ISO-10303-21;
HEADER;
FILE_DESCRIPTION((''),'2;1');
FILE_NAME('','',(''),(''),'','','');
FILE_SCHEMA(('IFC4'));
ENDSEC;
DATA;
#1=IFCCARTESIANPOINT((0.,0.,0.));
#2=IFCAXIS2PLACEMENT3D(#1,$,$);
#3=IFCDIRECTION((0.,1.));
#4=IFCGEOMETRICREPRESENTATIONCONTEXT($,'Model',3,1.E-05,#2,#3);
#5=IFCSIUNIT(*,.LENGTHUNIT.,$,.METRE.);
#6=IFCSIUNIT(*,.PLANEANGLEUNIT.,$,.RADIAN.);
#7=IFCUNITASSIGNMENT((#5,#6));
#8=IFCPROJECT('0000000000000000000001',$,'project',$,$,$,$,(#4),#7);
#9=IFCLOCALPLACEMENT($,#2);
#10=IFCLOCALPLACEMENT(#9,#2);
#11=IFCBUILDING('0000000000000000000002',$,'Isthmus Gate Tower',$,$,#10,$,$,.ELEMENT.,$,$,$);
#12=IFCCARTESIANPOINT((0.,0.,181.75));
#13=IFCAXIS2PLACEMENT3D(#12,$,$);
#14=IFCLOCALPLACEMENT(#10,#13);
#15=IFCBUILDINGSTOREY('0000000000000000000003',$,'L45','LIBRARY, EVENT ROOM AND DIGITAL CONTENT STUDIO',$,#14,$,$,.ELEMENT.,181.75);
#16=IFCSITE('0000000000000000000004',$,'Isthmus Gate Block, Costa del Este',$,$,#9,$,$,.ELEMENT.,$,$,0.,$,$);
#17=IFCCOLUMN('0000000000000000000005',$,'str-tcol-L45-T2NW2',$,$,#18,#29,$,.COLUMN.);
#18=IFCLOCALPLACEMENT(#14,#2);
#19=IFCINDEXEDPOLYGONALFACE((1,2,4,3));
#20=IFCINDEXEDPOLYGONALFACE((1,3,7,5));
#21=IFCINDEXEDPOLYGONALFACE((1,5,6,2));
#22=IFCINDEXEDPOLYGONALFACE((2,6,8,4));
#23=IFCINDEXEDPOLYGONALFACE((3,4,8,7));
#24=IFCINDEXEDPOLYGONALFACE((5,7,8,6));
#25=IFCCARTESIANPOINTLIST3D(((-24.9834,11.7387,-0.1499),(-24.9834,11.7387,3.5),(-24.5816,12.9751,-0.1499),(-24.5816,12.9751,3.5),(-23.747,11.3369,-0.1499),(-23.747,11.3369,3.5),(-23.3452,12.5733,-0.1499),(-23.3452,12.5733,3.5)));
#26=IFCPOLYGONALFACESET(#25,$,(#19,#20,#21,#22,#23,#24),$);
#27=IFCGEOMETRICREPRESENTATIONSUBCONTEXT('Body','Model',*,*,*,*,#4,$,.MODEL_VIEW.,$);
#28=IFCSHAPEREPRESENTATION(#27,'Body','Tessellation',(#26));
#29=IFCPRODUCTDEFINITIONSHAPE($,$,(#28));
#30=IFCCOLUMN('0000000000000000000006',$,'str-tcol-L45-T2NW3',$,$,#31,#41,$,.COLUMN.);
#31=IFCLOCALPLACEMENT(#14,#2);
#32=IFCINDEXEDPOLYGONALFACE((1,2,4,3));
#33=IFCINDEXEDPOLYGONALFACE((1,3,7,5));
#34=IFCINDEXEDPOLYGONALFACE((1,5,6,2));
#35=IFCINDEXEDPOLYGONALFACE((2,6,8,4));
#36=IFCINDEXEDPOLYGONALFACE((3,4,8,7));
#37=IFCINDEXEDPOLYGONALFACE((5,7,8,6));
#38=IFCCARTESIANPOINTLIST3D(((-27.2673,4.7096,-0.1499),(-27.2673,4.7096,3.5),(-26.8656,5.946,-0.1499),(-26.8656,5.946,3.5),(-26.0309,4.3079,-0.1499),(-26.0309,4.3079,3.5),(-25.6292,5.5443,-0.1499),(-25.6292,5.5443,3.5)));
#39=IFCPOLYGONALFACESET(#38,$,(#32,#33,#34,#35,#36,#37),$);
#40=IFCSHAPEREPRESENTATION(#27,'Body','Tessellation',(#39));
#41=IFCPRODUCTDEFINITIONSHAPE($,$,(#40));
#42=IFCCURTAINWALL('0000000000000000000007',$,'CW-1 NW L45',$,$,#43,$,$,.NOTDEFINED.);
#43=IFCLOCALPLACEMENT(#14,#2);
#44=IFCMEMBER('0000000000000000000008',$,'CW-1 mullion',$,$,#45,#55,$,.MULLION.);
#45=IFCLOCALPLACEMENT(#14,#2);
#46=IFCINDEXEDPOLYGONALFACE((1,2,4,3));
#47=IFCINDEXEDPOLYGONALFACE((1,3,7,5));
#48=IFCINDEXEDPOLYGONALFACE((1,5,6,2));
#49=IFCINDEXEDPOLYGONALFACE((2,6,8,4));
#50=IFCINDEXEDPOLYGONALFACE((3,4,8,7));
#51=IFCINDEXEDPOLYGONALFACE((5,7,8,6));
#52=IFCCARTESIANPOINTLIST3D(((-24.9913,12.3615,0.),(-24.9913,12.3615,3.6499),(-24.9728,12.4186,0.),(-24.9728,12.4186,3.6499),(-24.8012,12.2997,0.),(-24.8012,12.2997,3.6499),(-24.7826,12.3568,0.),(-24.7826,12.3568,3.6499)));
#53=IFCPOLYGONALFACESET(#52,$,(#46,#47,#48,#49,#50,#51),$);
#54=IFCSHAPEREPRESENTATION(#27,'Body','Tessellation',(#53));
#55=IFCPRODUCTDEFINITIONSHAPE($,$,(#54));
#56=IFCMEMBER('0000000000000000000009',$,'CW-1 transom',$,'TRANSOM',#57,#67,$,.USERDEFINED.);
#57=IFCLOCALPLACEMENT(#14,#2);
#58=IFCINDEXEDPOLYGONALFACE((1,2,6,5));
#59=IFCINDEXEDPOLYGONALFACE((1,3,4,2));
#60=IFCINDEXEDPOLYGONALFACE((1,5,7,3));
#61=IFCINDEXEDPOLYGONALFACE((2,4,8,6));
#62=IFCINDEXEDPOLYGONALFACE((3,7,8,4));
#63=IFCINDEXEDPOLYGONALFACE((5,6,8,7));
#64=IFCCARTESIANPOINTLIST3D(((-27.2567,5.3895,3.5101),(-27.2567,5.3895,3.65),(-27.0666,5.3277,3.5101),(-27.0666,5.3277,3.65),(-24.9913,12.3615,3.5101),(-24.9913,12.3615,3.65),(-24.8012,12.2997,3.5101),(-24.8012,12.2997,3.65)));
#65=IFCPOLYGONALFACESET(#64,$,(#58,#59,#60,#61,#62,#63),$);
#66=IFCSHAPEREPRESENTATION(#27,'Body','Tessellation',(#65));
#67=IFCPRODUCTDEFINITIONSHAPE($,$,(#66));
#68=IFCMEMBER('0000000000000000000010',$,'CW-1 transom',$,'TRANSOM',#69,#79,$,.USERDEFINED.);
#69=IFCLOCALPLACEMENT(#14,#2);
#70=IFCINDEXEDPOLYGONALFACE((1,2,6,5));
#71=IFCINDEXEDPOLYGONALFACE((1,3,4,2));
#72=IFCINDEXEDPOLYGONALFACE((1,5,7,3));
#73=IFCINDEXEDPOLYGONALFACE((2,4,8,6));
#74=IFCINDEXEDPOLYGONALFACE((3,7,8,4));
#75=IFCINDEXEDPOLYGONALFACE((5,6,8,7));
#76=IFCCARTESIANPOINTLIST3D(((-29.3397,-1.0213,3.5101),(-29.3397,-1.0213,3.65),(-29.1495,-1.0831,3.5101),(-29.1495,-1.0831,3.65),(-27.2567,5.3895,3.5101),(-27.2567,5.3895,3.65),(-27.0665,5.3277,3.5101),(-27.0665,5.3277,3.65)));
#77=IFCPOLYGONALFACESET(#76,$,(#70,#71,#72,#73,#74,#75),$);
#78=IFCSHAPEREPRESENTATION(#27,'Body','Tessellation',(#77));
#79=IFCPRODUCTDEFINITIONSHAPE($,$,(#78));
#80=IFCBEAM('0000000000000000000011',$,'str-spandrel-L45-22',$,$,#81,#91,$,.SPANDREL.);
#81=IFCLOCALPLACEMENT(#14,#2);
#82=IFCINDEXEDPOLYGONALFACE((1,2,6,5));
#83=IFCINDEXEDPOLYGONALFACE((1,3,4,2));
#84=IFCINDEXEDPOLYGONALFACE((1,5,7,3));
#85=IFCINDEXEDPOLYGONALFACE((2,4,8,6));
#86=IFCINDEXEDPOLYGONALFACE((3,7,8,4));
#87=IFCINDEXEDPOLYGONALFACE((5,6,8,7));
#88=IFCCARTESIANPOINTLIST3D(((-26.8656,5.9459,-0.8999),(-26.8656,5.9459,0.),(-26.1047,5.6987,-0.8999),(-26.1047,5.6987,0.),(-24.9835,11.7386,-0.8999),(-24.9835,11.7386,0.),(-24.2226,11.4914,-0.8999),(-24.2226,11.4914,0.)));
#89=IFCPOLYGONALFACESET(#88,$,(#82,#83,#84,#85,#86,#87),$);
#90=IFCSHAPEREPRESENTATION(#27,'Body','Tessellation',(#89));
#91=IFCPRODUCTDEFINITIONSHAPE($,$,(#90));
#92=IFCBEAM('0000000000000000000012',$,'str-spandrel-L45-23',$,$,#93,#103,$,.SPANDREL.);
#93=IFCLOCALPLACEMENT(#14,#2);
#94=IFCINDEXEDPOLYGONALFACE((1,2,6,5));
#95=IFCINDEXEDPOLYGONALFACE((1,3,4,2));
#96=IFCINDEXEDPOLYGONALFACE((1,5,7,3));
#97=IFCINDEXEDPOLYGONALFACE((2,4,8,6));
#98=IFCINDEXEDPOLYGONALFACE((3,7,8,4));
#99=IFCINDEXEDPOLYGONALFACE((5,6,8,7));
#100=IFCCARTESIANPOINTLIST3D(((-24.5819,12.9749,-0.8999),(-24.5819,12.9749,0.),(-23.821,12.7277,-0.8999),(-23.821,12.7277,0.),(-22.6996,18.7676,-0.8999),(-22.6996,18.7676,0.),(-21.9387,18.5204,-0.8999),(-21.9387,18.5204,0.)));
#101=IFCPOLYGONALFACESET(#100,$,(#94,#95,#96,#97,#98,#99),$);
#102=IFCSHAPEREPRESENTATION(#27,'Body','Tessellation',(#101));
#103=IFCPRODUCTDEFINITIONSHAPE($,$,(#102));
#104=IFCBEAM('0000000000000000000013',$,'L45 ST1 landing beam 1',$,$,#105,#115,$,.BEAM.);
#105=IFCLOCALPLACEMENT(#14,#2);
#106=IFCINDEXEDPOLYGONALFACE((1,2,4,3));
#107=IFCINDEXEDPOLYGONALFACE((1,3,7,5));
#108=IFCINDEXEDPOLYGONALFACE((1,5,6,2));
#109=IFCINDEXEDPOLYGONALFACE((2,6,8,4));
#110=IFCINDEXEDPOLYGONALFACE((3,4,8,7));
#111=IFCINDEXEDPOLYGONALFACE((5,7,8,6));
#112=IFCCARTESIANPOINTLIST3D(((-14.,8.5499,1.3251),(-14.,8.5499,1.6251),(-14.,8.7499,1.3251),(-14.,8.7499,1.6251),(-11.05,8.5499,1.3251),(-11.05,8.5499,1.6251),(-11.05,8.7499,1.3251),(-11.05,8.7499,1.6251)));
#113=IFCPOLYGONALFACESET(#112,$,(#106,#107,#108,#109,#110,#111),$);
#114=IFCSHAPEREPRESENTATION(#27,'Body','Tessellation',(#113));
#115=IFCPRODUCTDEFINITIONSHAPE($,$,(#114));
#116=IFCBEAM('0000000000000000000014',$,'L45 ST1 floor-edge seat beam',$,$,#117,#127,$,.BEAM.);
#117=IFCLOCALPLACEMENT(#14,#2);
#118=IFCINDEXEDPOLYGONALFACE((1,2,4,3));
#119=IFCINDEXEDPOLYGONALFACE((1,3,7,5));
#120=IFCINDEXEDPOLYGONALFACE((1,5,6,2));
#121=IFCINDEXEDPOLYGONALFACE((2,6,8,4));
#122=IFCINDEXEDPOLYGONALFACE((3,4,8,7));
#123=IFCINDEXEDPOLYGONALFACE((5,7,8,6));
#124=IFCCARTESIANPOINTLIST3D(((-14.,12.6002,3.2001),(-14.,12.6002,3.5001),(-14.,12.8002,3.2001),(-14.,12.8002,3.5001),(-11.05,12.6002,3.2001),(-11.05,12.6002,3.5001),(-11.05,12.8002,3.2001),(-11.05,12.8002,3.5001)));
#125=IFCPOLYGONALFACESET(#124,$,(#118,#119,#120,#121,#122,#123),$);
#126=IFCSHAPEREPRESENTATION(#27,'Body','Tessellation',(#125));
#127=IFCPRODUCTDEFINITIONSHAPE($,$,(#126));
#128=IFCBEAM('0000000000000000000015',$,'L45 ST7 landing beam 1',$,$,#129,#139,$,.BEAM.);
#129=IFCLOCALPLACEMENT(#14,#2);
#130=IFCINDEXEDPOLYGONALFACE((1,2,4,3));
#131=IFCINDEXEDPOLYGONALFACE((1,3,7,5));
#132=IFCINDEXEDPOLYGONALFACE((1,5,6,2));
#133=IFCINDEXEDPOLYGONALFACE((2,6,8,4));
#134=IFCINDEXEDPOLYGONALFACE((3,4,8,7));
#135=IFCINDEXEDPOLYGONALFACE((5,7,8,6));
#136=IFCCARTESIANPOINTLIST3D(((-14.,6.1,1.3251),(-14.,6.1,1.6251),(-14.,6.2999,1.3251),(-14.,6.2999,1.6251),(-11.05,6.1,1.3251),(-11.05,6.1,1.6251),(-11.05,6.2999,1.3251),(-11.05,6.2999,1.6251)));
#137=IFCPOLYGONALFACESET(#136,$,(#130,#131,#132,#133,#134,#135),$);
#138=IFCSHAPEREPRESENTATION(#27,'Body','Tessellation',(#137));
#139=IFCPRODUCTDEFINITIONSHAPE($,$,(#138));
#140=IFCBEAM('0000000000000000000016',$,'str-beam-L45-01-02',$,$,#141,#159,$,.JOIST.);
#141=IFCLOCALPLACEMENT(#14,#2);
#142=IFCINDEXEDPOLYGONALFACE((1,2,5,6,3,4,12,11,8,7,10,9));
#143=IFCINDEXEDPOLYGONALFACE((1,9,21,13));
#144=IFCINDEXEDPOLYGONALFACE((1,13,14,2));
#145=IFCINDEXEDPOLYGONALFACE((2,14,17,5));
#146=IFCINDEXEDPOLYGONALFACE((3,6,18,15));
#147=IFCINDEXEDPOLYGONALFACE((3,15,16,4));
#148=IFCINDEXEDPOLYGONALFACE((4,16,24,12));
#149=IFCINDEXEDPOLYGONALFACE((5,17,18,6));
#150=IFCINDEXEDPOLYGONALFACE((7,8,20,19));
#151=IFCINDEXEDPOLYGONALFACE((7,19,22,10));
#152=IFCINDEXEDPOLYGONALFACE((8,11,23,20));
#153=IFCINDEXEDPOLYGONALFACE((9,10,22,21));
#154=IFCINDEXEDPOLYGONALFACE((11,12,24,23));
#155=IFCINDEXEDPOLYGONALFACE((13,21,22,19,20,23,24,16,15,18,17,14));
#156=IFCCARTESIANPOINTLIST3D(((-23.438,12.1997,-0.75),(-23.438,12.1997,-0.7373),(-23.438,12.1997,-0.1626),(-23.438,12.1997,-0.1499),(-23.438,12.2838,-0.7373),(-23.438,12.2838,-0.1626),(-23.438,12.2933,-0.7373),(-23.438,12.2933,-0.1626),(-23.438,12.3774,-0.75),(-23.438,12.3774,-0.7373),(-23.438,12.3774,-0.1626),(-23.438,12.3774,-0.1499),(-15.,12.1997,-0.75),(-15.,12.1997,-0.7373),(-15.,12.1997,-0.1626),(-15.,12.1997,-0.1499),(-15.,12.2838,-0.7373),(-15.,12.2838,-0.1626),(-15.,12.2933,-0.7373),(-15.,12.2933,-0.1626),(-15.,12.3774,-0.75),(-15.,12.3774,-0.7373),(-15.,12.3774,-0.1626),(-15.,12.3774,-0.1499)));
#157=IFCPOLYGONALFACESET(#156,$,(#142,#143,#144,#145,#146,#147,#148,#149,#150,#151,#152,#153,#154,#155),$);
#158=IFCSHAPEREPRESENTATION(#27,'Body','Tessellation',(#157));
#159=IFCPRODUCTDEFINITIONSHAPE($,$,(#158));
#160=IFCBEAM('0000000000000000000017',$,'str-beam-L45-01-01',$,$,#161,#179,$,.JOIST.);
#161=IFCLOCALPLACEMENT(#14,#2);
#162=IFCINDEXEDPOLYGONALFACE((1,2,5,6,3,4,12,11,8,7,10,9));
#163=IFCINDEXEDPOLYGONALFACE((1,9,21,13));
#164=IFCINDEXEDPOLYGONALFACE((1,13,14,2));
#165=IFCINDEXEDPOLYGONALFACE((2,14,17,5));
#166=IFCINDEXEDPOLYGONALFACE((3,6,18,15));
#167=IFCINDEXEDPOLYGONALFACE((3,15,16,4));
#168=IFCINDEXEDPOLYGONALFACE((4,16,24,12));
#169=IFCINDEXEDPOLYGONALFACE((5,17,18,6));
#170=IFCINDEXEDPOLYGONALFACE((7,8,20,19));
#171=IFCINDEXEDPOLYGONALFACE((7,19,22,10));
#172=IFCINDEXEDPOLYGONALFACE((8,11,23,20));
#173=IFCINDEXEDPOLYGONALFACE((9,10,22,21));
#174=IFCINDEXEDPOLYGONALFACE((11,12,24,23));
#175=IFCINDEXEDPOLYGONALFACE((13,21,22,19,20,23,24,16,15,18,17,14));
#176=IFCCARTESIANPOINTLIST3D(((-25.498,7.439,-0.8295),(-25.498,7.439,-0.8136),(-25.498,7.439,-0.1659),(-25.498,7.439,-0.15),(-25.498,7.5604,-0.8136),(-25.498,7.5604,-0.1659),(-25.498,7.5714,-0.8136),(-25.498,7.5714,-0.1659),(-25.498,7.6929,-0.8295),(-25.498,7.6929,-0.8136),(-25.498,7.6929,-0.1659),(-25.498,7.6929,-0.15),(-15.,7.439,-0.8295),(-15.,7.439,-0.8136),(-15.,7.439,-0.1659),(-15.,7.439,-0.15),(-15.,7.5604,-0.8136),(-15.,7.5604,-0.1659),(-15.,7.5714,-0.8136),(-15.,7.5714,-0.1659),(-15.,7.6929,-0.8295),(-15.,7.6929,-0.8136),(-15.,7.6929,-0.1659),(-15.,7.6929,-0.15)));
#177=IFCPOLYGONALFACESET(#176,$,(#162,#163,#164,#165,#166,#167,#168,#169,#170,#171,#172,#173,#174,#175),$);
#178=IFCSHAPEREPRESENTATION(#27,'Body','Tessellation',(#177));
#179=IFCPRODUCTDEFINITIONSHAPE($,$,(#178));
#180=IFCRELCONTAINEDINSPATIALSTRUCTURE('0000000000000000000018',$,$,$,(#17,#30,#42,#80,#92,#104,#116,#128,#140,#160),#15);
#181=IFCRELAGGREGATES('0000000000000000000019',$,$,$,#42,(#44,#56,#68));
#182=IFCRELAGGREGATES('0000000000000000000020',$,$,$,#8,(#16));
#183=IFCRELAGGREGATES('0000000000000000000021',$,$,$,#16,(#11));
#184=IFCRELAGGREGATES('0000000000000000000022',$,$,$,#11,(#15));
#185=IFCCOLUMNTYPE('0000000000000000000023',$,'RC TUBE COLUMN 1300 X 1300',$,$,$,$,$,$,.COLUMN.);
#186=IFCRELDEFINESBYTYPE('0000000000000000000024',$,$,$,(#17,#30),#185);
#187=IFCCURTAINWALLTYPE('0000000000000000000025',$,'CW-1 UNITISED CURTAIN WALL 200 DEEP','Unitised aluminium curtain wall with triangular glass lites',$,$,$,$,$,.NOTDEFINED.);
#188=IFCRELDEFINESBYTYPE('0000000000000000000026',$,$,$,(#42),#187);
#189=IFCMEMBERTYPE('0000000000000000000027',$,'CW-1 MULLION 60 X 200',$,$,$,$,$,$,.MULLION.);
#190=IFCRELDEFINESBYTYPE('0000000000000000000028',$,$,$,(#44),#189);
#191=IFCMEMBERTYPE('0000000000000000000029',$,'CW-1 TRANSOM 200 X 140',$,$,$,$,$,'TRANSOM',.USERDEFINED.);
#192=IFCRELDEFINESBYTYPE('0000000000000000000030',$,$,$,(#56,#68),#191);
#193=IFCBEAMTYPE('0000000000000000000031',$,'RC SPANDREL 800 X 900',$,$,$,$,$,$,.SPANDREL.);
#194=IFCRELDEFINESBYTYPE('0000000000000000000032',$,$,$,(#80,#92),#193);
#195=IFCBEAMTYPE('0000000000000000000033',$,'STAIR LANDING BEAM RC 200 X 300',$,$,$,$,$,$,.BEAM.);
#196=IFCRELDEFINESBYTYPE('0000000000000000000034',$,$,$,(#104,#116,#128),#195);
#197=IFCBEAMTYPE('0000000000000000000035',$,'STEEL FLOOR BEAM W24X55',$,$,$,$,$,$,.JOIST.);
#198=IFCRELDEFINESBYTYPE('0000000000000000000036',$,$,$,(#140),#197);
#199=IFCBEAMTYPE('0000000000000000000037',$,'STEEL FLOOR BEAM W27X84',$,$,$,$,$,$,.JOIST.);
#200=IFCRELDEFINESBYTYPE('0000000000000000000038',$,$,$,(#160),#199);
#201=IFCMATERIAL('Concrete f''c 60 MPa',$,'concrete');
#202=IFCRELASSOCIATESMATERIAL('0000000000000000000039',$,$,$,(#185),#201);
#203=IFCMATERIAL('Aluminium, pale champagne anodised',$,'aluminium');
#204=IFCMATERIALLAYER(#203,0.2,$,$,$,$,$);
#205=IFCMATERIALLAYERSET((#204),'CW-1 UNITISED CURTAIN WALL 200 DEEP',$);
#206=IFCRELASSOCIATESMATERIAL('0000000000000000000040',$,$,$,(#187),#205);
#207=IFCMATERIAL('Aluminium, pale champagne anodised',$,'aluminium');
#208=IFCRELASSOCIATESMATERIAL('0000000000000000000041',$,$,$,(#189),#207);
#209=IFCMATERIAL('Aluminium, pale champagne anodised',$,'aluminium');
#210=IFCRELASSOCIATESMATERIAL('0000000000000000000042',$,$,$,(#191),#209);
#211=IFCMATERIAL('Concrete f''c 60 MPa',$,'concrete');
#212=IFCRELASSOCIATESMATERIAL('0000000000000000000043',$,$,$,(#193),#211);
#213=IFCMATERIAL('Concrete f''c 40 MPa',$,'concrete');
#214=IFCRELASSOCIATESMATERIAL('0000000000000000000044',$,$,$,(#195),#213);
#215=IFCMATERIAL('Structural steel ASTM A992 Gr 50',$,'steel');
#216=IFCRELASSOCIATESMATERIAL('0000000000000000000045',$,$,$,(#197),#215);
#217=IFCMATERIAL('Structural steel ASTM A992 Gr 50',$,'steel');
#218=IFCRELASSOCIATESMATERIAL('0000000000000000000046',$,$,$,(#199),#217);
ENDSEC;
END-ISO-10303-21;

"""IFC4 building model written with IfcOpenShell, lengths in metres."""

from ifc_helpers import new_model, si_unit, direction, frame, origin, origin_2d, place, context, subcontext, project, spatial, rectangle, i_section, extrude, material, layer, layer_set, material_profile, profile_set, type_object, element, aggregate, save


model = new_model("IFC4")

# Units and contexts
model_context = context("Model", 3, precision=1e-05, world=origin(), true_north=direction((0.0, 1.0)))
body_context = subcontext(model_context, "Body", "Model", "MODEL_VIEW")
ifc_project = project(units=[si_unit("LENGTHUNIT", "METRE"), si_unit("PLANEANGLEUNIT", "RADIAN")], contexts=[model_context])

# Site, building, storey
site_placement = place(None, origin())
site = spatial("IfcSite", under=ifc_project, at=site_placement, Name="Isthmus Gate Block, Costa del Este", CompositionType="ELEMENT", RefElevation=0.0)
building_placement = place(site_placement, origin())
building = spatial("IfcBuilding", under=site, at=building_placement, Name="Isthmus Gate Tower", CompositionType="ELEMENT")
storey_placement = place(building_placement, frame((0.0, 0.0, 181.75)))
storey = spatial("IfcBuildingStorey", under=building, at=storey_placement, Name="L45", Description="LIBRARY, EVENT ROOM AND DIGITAL CONTENT STUDIO", CompositionType="ELEMENT", Elevation=181.75)

# Columns
ifc_material_1 = material(Name="Concrete f'c 60 MPa", Category="concrete")
ifc_material_profile_1 = material_profile(ifc_material_1, rectangle(XDim=1.3, YDim=1.3, at=origin_2d()), Name="RC 1300X1300")
ifc_profile_set_1 = profile_set([ifc_material_profile_1], Name="Concrete f'c 60 MPa")
column_type = type_object("IfcColumnType", Name="RC TUBE COLUMN 1300 X 1300", PredefinedType="COLUMN", material=ifc_profile_set_1)
for number, where, z_axis, x_axis, name in (
    (1, (-24.1643, 12.156, -0.1499), (0.0, 0.0, 1.0), (-0.309017, -0.951057, 0.0), "str-tcol-L45-T2NW2"),
    (2, (-26.4482, 5.127, -0.1499), (0.0, 0.0, 1.0), (-0.309017, -0.951057, 0.0), "str-tcol-L45-T2NW3"),
):
    element("IfcColumn", number, at=place(storey_placement, frame(where, z_axis=z_axis, x_axis=x_axis)), inside=storey, type_object=column_type, Name=name, PredefinedType="COLUMN", context=body_context, shape_type="SweptSolid", body=[
        extrude(rectangle(XDim=1.3, YDim=1.3, at=origin_2d()), origin(), (0.0, 0.0, 1.0), 3.6499),
    ])

# Curtain wall, members
ifc_material_2 = material(Name="Aluminium, pale champagne anodised", Category="aluminium")
ifc_layer_1 = layer(ifc_material_2, 0.2)
ifc_layer_set_1 = layer_set([ifc_layer_1], Name="CW-1 UNITISED CURTAIN WALL 200 DEEP")
curtain_wall_type = type_object("IfcCurtainWallType", Name="CW-1 UNITISED CURTAIN WALL 200 DEEP", Description="Unitised aluminium curtain wall with triangular glass lites", PredefinedType="NOTDEFINED", material=ifc_layer_set_1)
curtain_wall_placement = place(storey_placement, origin())
curtain_wall = element("IfcCurtainWall", 3, at=curtain_wall_placement, inside=storey, type_object=curtain_wall_type, Name="CW-1 NW L45", PredefinedType="NOTDEFINED")
ifc_material_3 = material(Name="Aluminium, pale champagne anodised", Category="aluminium")
ifc_material_profile_2 = material_profile(ifc_material_3, rectangle(XDim=0.0601, YDim=0.2, at=origin_2d()), Name="60x200")
ifc_profile_set_2 = profile_set([ifc_material_profile_2], Name="Aluminium, pale champagne anodised")
member_type_1 = type_object("IfcMemberType", Name="CW-1 MULLION 60 X 200", PredefinedType="MULLION", material=ifc_profile_set_2)
member_1_placement = place(storey_placement, frame((-24.887, 12.3591, 0.0), z_axis=(0.0, 0.0, 1.0), x_axis=(-0.309017, -0.951057, 0.0)))
member_1 = element("IfcMember", 4, at=member_1_placement, type_object=member_type_1, Name="CW-1 mullion", PredefinedType="MULLION", context=body_context, shape_type="SweptSolid", body=[
    extrude(rectangle(XDim=0.0601, YDim=0.2, at=origin_2d()), origin(), (0.0, 0.0, 1.0), 3.6499),
])
ifc_material_4 = material(Name="Aluminium, pale champagne anodised", Category="aluminium")
ifc_material_profile_3 = material_profile(ifc_material_4, rectangle(XDim=0.2, YDim=0.1399, at=origin_2d()), Name="200x140")
ifc_profile_set_3 = profile_set([ifc_material_profile_3], Name="Aluminium, pale champagne anodised")
member_type_2 = type_object("IfcMemberType", Name="CW-1 TRANSOM 200 X 140", ElementType="TRANSOM", PredefinedType="USERDEFINED", material=ifc_profile_set_3)
member_2_placement = place(storey_placement, frame((-24.8962, 12.3306, 3.5801), z_axis=(-0.309025, -0.951054, 0.0), x_axis=(0.951054, -0.309025, 0.0)))
member_2 = element("IfcMember", 5, at=member_2_placement, type_object=member_type_2, Name="CW-1 transom", ObjectType="TRANSOM", PredefinedType="USERDEFINED", context=body_context, shape_type="SweptSolid", body=[
    extrude(rectangle(XDim=0.2, YDim=0.1399, at=origin_2d()), origin(), (0.0, 0.0, 1.0), 7.3308),
])
member_3_placement = place(storey_placement, frame((-27.1616, 5.3586, 3.5801), z_axis=(-0.309015, -0.951057, 0.0), x_axis=(0.951057, -0.309015, 0.0)))
member_3 = element("IfcMember", 6, at=member_3_placement, type_object=member_type_2, Name="CW-1 transom", ObjectType="TRANSOM", PredefinedType="USERDEFINED", context=body_context, shape_type="SweptSolid", body=[
    extrude(rectangle(XDim=0.2, YDim=0.1399, at=origin_2d()), origin(), (0.0, 0.0, 1.0), 6.7407),
])

# Beams
ifc_material_5 = material(Name="Concrete f'c 60 MPa", Category="concrete")
ifc_material_profile_4 = material_profile(ifc_material_5, rectangle(XDim=0.8, YDim=0.8999, at=origin_2d()), Name="RC 800X900")
ifc_profile_set_4 = profile_set([ifc_material_profile_4], Name="Concrete f'c 60 MPa")
beam_type_1 = type_object("IfcBeamType", Name="RC SPANDREL 800 X 900", PredefinedType="SPANDREL", material=ifc_profile_set_4)
for number, where, z_axis, x_axis, name in (
    (7, (-26.4851, 5.8223, -0.45), (0.309004, 0.951061, 0.0), (-0.951061, 0.309004, 0.0), "str-spandrel-L45-22"),
    (8, (-24.2014, 12.8513, -0.45), (0.30904, 0.951049, 0.0), (-0.951049, 0.30904, 0.0), "str-spandrel-L45-23"),
):
    element("IfcBeam", number, at=place(storey_placement, frame(where, z_axis=z_axis, x_axis=x_axis)), inside=storey, type_object=beam_type_1, Name=name, PredefinedType="SPANDREL", context=body_context, shape_type="SweptSolid", body=[
        extrude(rectangle(XDim=0.8, YDim=0.8999, at=origin_2d()), origin(), (0.0, 0.0, 1.0), 6.0908),
    ])
ifc_material_6 = material(Name="Concrete f'c 40 MPa", Category="concrete")
ifc_material_profile_5 = material_profile(ifc_material_6, rectangle(XDim=0.2, YDim=0.3, at=origin_2d()), Name="STAIR LANDING BEAM RC 200 X 300")
ifc_profile_set_5 = profile_set([ifc_material_profile_5], Name="Concrete f'c 40 MPa")
beam_type_2 = type_object("IfcBeamType", Name="STAIR LANDING BEAM RC 200 X 300", PredefinedType="BEAM", material=ifc_profile_set_5)
for number, where, z_axis, x_axis, name in (
    (9, (-14.0, 8.6499, 1.4751), (1.0, 0.0, 0.0), (0.0, 1.0, 0.0), "L45 ST1 landing beam 1"),
    (10, (-14.0, 12.7002, 3.3501), (1.0, 0.0, 0.0), (0.0, 1.0, 0.0), "L45 ST1 floor-edge seat beam"),
    (11, (-14.0, 6.2, 1.4751), (1.0, 0.0, 0.0), (0.0, 1.0, 0.0), "L45 ST7 landing beam 1"),
):
    element("IfcBeam", number, at=place(storey_placement, frame(where, z_axis=z_axis, x_axis=x_axis)), inside=storey, type_object=beam_type_2, Name=name, PredefinedType="BEAM", context=body_context, shape_type="SweptSolid", body=[
        extrude(rectangle(XDim=0.2, YDim=0.3, at=origin_2d()), origin(), (0.0, 0.0, 1.0), 2.95),
    ])
ifc_material_7 = material(Name="Structural steel ASTM A992 Gr 50", Category="steel")
ifc_material_profile_6 = material_profile(ifc_material_7, i_section(OverallWidth=0.1777, OverallDepth=0.6001, WebThickness=0.0095, FlangeThickness=0.0127, at=origin_2d()), Name="W24X55")
ifc_profile_set_6 = profile_set([ifc_material_profile_6], Name="Structural steel ASTM A992 Gr 50")
beam_type_3 = type_object("IfcBeamType", Name="STEEL FLOOR BEAM W24X55", PredefinedType="JOIST", material=ifc_profile_set_6)
beam_1_placement = place(storey_placement, frame((-23.438, 12.2886, -0.45), z_axis=(1.0, 0.0, 0.0), x_axis=(0.0, 1.0, 0.0)))
element("IfcBeam", 12, at=beam_1_placement, inside=storey, type_object=beam_type_3, Name="str-beam-L45-01-02", PredefinedType="JOIST", context=body_context, shape_type="SweptSolid", body=[
    extrude(i_section(OverallWidth=0.1777, OverallDepth=0.6001, WebThickness=0.0095, FlangeThickness=0.0127, at=origin_2d()), origin(), (0.0, 0.0, 1.0), 8.438),
])
ifc_material_8 = material(Name="Structural steel ASTM A992 Gr 50", Category="steel")
ifc_material_profile_7 = material_profile(ifc_material_8, i_section(OverallWidth=0.2539, OverallDepth=0.6794, WebThickness=0.011, FlangeThickness=0.0159, at=origin_2d()), Name="W27X84")
ifc_profile_set_7 = profile_set([ifc_material_profile_7], Name="Structural steel ASTM A992 Gr 50")
beam_type_4 = type_object("IfcBeamType", Name="STEEL FLOOR BEAM W27X84", PredefinedType="JOIST", material=ifc_profile_set_7)
beam_2_placement = place(storey_placement, frame((-25.498, 7.5659, -0.4897), z_axis=(1.0, 0.0, 0.0), x_axis=(0.0, 1.0, 0.0)))
element("IfcBeam", 13, at=beam_2_placement, inside=storey, type_object=beam_type_4, Name="str-beam-L45-01-01", PredefinedType="JOIST", context=body_context, shape_type="SweptSolid", body=[
    extrude(i_section(OverallWidth=0.2539, OverallDepth=0.6794, WebThickness=0.011, FlangeThickness=0.0159, at=origin_2d()), origin(), (0.0, 0.0, 1.0), 10.498),
])

aggregate(curtain_wall, [member_1, member_2, member_3])

save(model, "model.ifc")
